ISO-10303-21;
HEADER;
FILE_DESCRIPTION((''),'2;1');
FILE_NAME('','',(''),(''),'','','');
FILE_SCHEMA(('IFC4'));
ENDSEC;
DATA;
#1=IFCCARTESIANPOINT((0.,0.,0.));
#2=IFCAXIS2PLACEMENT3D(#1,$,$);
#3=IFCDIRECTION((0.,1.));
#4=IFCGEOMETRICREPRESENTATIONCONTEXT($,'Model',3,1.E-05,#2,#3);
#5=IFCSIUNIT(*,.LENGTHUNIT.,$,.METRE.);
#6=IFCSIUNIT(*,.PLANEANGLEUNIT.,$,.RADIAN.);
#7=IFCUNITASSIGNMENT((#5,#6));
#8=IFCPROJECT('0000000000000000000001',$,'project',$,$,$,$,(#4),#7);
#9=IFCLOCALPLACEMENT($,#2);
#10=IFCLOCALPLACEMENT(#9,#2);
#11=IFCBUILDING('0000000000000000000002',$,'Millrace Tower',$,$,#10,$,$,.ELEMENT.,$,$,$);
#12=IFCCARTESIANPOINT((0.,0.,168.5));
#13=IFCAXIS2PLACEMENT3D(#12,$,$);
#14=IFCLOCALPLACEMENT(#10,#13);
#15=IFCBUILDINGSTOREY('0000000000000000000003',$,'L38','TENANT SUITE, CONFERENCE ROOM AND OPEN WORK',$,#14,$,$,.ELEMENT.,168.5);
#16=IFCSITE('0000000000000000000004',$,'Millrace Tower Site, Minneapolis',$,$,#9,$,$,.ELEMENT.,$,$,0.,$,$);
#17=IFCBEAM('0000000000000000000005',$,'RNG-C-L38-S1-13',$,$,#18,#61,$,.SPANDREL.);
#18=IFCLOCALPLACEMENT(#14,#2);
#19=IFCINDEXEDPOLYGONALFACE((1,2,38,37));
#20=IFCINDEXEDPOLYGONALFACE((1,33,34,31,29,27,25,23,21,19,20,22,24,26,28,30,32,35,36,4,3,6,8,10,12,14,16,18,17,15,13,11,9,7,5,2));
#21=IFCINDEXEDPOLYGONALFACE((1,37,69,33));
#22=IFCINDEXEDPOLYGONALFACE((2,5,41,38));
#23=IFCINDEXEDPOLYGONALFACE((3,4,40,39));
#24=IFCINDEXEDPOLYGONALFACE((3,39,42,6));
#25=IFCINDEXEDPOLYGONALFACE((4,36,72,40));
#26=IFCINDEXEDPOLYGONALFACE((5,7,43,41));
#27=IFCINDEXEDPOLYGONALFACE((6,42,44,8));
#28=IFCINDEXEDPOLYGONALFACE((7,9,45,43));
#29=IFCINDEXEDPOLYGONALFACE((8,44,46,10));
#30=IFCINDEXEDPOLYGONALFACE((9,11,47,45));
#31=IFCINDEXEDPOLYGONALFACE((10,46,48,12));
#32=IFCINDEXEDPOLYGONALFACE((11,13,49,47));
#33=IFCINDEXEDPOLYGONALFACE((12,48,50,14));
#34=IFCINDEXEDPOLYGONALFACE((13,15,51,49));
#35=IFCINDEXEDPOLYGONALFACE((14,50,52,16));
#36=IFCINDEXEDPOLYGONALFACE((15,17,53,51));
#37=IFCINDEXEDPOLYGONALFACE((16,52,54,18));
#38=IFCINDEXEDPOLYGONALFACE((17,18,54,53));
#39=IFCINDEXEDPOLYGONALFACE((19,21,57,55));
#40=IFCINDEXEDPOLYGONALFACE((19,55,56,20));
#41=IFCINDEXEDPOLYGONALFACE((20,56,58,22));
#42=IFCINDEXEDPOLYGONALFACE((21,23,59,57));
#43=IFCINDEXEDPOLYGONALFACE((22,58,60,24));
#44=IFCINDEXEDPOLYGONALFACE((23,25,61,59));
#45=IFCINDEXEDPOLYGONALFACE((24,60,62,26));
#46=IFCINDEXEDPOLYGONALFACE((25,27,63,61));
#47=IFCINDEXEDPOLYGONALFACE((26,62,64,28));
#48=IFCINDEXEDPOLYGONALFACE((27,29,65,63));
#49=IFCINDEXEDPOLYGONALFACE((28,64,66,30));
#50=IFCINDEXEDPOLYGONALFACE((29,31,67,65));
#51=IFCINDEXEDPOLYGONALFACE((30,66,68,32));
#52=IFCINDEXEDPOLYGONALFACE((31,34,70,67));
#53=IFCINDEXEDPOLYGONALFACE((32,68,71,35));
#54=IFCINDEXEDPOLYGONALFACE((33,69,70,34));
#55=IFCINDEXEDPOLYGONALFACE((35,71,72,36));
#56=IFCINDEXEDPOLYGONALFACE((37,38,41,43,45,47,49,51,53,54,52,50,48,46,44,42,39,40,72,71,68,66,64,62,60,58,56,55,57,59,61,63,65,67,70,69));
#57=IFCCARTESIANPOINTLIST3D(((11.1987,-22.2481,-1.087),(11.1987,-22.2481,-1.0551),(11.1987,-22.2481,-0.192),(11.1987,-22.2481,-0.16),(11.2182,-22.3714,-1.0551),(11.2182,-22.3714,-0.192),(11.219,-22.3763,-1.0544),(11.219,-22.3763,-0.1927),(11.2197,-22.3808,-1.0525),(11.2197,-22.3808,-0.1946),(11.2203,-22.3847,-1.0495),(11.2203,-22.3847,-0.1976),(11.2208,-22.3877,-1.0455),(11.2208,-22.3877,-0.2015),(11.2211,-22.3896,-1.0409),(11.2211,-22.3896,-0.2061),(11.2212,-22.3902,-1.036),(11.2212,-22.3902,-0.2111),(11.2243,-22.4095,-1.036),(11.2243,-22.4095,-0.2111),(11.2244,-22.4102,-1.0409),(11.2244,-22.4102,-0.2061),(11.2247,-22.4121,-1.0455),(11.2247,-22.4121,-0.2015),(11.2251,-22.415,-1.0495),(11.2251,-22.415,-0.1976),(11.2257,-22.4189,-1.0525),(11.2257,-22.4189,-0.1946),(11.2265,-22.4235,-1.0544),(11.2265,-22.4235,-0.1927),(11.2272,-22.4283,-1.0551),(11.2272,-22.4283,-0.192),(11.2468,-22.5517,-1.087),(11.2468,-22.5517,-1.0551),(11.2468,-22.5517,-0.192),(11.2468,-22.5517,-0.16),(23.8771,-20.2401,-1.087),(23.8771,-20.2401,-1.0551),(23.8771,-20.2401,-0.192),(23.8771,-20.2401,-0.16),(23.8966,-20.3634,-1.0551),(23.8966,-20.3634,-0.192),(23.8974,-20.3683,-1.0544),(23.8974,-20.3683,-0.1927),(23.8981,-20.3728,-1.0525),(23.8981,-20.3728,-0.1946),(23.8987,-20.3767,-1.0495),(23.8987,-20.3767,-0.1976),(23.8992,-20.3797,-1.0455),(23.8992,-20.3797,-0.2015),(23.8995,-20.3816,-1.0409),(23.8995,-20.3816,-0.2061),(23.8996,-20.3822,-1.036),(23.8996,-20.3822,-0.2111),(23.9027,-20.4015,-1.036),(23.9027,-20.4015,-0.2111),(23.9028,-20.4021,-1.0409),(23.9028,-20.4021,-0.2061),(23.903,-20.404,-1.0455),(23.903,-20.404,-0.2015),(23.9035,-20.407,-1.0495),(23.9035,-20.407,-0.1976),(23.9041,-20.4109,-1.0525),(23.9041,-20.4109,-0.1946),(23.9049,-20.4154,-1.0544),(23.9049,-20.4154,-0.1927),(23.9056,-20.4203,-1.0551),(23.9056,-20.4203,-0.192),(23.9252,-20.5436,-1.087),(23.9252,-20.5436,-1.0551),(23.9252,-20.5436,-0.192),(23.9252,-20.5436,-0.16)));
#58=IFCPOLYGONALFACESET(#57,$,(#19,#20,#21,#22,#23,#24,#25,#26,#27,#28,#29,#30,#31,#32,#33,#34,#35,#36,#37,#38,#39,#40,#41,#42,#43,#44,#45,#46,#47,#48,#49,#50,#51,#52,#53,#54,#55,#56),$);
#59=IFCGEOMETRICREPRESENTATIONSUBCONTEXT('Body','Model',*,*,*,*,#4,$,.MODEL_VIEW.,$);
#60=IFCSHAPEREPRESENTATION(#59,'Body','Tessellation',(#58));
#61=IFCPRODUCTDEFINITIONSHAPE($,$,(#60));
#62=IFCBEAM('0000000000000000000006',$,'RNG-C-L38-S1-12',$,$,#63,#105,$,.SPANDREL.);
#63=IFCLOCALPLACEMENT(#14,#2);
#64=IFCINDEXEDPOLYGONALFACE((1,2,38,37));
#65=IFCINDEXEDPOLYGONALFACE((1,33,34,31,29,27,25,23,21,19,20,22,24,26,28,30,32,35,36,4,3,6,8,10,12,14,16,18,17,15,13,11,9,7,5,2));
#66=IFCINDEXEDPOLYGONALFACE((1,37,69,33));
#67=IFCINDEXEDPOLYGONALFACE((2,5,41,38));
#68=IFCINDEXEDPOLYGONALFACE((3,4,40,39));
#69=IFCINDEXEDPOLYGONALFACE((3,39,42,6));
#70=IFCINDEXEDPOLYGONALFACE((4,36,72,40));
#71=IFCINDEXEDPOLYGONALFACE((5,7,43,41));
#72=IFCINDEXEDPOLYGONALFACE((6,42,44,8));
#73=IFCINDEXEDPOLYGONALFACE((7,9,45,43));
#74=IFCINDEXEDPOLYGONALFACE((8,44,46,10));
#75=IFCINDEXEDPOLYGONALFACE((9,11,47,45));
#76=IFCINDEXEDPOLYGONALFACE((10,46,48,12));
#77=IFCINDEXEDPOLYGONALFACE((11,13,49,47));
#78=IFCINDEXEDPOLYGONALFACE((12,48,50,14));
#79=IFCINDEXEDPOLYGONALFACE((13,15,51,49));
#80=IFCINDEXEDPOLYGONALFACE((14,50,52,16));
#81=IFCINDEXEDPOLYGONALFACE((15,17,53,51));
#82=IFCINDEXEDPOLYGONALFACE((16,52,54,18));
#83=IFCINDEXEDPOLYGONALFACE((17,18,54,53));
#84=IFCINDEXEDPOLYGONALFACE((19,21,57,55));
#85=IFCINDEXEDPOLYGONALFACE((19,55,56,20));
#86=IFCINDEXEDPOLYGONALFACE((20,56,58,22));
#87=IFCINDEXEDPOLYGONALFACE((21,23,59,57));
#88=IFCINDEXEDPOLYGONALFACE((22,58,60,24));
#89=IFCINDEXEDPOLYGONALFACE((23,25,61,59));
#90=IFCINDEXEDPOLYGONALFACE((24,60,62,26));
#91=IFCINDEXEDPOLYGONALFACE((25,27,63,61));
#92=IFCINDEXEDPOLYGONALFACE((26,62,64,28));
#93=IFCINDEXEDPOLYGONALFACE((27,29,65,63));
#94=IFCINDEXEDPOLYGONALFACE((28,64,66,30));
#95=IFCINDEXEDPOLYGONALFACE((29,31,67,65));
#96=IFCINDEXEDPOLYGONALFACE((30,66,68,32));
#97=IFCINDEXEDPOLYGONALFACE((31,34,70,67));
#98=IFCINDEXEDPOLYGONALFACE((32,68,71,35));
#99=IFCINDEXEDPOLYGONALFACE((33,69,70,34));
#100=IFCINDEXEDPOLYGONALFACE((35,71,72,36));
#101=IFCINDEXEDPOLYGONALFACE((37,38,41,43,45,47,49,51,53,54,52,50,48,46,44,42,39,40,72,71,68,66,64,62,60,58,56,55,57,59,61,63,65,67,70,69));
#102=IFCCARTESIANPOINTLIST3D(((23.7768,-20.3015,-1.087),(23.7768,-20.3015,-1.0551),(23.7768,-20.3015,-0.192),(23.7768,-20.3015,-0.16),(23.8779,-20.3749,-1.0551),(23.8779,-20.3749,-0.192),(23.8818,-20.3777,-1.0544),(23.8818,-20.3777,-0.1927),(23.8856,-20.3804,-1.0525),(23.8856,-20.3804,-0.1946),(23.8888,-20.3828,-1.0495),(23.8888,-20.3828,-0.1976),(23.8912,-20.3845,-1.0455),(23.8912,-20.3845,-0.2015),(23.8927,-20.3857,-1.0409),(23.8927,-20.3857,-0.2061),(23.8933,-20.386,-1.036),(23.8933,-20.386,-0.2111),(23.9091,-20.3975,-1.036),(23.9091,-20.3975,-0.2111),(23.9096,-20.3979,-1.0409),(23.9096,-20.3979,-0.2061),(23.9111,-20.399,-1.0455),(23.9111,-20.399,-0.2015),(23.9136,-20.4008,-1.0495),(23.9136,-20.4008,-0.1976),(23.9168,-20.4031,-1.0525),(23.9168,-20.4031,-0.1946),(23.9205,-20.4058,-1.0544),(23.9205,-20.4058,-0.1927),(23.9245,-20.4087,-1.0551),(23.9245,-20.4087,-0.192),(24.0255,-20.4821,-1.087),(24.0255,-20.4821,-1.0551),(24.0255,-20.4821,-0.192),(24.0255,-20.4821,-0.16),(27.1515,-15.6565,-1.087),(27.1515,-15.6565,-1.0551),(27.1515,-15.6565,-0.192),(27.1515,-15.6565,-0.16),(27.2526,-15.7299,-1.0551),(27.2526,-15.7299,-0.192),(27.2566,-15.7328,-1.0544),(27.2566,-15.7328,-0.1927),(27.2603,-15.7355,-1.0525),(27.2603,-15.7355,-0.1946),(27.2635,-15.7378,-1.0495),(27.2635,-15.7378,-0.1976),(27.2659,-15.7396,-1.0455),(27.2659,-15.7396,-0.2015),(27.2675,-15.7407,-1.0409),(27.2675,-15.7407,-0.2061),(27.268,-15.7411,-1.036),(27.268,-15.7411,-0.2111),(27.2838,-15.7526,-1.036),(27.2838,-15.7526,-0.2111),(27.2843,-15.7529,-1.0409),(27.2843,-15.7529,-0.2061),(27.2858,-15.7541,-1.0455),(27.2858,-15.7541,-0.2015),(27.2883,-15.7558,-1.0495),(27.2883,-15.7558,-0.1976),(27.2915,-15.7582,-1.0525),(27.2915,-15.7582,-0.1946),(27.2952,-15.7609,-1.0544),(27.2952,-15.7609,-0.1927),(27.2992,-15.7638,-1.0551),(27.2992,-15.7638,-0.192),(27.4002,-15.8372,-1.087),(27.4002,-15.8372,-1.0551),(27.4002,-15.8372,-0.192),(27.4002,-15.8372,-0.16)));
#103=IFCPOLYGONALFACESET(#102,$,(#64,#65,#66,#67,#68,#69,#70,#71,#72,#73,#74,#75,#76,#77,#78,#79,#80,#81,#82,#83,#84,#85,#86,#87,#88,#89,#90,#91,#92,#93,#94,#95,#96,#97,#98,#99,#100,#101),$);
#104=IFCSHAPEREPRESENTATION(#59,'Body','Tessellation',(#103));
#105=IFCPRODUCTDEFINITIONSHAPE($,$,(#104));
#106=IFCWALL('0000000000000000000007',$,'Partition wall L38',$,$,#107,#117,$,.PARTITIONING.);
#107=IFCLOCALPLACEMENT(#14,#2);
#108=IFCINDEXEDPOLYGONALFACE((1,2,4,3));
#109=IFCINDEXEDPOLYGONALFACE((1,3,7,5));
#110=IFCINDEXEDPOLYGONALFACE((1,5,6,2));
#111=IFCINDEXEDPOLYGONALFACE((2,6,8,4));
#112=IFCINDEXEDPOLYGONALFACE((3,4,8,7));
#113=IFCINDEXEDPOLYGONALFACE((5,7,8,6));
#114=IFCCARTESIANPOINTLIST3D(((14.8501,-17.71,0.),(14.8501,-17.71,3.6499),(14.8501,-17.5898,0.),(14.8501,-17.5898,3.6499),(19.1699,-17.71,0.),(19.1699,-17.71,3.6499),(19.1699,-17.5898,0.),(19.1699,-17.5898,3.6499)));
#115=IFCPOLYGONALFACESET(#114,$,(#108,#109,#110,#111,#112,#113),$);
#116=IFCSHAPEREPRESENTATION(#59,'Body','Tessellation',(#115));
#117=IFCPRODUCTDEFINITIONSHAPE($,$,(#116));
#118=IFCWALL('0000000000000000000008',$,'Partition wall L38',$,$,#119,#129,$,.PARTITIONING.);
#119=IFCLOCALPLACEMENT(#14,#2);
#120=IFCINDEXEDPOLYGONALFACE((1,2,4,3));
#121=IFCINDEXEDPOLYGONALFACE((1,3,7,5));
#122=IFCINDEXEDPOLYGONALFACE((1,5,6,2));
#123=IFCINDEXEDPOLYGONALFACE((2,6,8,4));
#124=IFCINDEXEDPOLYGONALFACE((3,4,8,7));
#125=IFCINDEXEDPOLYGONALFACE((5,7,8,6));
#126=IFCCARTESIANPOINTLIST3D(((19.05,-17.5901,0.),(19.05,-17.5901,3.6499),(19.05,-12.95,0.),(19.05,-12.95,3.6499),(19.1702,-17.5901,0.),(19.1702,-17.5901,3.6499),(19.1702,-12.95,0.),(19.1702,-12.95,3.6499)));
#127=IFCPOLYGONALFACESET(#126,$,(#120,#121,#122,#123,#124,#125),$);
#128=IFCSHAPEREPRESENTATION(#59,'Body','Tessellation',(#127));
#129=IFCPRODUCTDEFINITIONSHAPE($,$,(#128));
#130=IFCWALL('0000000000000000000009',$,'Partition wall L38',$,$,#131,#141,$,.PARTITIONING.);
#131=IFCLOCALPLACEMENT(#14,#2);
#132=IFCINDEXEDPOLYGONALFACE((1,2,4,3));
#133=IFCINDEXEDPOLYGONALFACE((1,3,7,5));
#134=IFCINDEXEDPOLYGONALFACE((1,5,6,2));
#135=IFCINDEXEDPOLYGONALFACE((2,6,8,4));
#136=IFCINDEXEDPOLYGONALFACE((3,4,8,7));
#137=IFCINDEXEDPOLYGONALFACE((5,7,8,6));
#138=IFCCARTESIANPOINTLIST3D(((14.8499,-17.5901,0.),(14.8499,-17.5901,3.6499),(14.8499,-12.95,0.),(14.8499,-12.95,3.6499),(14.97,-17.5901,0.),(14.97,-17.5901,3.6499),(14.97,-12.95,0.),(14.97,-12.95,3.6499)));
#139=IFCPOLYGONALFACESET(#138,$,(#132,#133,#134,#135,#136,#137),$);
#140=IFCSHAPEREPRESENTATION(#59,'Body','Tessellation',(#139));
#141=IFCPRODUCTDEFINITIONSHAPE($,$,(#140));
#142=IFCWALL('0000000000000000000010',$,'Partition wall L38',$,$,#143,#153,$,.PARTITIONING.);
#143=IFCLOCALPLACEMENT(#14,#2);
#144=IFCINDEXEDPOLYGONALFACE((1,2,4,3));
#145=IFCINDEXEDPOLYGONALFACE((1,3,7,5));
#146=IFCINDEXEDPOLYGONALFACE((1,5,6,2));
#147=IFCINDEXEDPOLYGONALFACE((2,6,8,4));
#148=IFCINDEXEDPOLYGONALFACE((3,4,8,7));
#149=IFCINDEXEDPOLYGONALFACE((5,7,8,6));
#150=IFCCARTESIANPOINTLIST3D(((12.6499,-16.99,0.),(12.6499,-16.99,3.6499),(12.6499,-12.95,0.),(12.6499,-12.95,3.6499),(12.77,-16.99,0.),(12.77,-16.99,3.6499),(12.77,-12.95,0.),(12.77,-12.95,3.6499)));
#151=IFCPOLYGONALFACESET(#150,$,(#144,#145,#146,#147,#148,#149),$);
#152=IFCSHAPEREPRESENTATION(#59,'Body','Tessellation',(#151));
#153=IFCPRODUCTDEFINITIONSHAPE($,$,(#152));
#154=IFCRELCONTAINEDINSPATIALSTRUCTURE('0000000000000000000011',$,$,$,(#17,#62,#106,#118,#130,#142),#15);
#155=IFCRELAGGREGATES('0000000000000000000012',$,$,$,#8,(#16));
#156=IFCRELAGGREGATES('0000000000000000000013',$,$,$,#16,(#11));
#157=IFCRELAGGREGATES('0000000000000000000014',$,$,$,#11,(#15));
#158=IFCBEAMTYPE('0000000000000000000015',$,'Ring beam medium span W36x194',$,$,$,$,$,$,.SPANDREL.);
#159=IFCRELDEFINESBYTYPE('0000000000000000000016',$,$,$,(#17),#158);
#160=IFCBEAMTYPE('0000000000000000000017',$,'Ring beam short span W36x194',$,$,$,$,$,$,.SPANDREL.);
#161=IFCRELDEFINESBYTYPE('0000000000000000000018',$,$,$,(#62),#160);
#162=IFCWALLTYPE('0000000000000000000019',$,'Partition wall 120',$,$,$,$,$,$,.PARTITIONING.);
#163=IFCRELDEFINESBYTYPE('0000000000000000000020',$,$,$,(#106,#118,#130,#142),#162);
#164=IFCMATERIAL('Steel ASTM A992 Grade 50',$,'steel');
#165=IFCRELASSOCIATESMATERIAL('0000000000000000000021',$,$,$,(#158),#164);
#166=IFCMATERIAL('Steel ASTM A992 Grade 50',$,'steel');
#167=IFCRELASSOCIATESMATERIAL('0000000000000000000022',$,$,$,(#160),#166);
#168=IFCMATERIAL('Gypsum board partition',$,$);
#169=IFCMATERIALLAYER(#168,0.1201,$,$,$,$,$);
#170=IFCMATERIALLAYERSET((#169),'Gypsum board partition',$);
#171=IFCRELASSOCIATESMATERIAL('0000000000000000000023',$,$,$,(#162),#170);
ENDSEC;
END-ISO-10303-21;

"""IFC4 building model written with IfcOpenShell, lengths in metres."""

from ifc_helpers import new_model, si_unit, direction, frame, frame_2d, origin, origin_2d, place, context, subcontext, project, spatial, rectangle, i_section, extrude, material, layer, layer_set, material_profile, profile_set, type_object, element, save


model = new_model("IFC4")

# Units and contexts
model_context = context("Model", 3, precision=1e-05, world=origin(), true_north=direction((0.0, 1.0)))
body_context = subcontext(model_context, "Body", "Model", "MODEL_VIEW")
ifc_project = project(units=[si_unit("LENGTHUNIT", "METRE"), si_unit("PLANEANGLEUNIT", "RADIAN")], contexts=[model_context])

# Site, building, storey
site_placement = place(None, origin())
site = spatial("IfcSite", under=ifc_project, at=site_placement, Name="Millrace Tower Site, Minneapolis", CompositionType="ELEMENT", RefElevation=0.0)
building_placement = place(site_placement, origin())
building = spatial("IfcBuilding", under=site, at=building_placement, Name="Millrace Tower", CompositionType="ELEMENT")
storey_placement = place(building_placement, frame((0.0, 0.0, 168.5)))
storey = spatial("IfcBuildingStorey", under=building, at=storey_placement, Name="L38", Description="TENANT SUITE, CONFERENCE ROOM AND OPEN WORK", CompositionType="ELEMENT", Elevation=168.5)

# Beams
ifc_material_1 = material(Name="Steel ASTM A992 Grade 50", Category="steel")
ifc_material_profile_1 = material_profile(ifc_material_1, i_section(OverallWidth=0.3074, OverallDepth=0.927, WebThickness=0.0195, FlangeThickness=0.032, FilletRadius=0.019, at=origin_2d()))
ifc_profile_set_1 = profile_set([ifc_material_profile_1], Name="Steel ASTM A992 Grade 50")
beam_type_1 = type_object("IfcBeamType", Name="Ring beam medium span W36x194", PredefinedType="SPANDREL", material=ifc_profile_set_1)
beam_1_placement = place(storey_placement, frame((23.9011, -20.3918, -0.6235), z_axis=(-0.987689, -0.156433, 0.0), x_axis=(0.156433, -0.987689, 0.0)))
element("IfcBeam", 1, at=beam_1_placement, inside=storey, type_object=beam_type_1, Name="RNG-C-L38-S1-13", PredefinedType="SPANDREL", context=body_context, shape_type="SweptSolid", body=[
    extrude(i_section(OverallWidth=0.3074, OverallDepth=0.927, WebThickness=0.0195, FlangeThickness=0.032, FilletRadius=0.019, at=origin_2d()), origin(), (0.0, 0.0, 1.0), 12.8364),
])
ifc_material_2 = material(Name="Steel ASTM A992 Grade 50", Category="steel")
ifc_material_profile_2 = material_profile(ifc_material_2, i_section(OverallWidth=0.3074, OverallDepth=0.927, WebThickness=0.0195, FlangeThickness=0.032, FilletRadius=0.019, at=origin_2d()))
ifc_profile_set_2 = profile_set([ifc_material_profile_2], Name="Steel ASTM A992 Grade 50")
beam_type_2 = type_object("IfcBeamType", Name="Ring beam short span W36x194", PredefinedType="SPANDREL", material=ifc_profile_set_2)
beam_2_placement = place(storey_placement, frame((27.2759, -15.7468, -0.6235), z_axis=(-0.58778, -0.809021, 0.0), x_axis=(0.809021, -0.58778, 0.0)))
element("IfcBeam", 2, at=beam_2_placement, inside=storey, type_object=beam_type_2, Name="RNG-C-L38-S1-12", PredefinedType="SPANDREL", context=body_context, shape_type="SweptSolid", body=[
    extrude(i_section(OverallWidth=0.3074, OverallDepth=0.927, WebThickness=0.0195, FlangeThickness=0.032, FilletRadius=0.019, at=origin_2d()), origin(), (0.0, 0.0, 1.0), 5.7415),
])

# Walls
ifc_material_3 = material(Name="Gypsum board partition")
ifc_layer_1 = layer(ifc_material_3, 0.1201)
ifc_layer_set_1 = layer_set([ifc_layer_1], Name="Gypsum board partition")
wall_type = type_object("IfcWallType", Name="Partition wall 120", PredefinedType="PARTITIONING", material=ifc_layer_set_1)
wall_1_placement = place(storey_placement, frame((14.8501, -17.6499, 0.0), z_axis=(0.0, 0.0, 1.0), x_axis=(1.0, 0.0, 0.0)))
element("IfcWall", 3, at=wall_1_placement, inside=storey, type_object=wall_type, Name="Partition wall L38", PredefinedType="PARTITIONING", context=body_context, shape_type="SweptSolid", body=[
    extrude(rectangle(XDim=4.3198, YDim=0.1201, at=frame_2d((2.1599, 0.0))), origin(), (0.0, 0.0, 1.0), 3.6499),
])
for number, where, z_axis, x_axis, name in (
    (4, (19.1101, -17.5901, 0.0), (0.0, 0.0, 1.0), (0.0, 1.0, 0.0), "Partition wall L38"),
    (5, (14.9099, -17.5901, 0.0), (0.0, 0.0, 1.0), (0.0, 1.0, 0.0), "Partition wall L38"),
):
    element("IfcWall", number, at=place(storey_placement, frame(where, z_axis=z_axis, x_axis=x_axis)), inside=storey, type_object=wall_type, Name=name, PredefinedType="PARTITIONING", context=body_context, shape_type="SweptSolid", body=[
        extrude(rectangle(XDim=4.6401, YDim=0.1201, at=frame_2d((2.3201, 0.0))), origin(), (0.0, 0.0, 1.0), 3.6499),
    ])
wall_2_placement = place(storey_placement, frame((12.71, -16.99, 0.0), z_axis=(0.0, 0.0, 1.0), x_axis=(0.0, 1.0, 0.0)))
element("IfcWall", 6, at=wall_2_placement, inside=storey, type_object=wall_type, Name="Partition wall L38", PredefinedType="PARTITIONING", context=body_context, shape_type="SweptSolid", body=[
    extrude(rectangle(XDim=4.04, YDim=0.1201, at=frame_2d((2.02, 0.0))), origin(), (0.0, 0.0, 1.0), 3.6499),
])

save(model, "model.ifc")
